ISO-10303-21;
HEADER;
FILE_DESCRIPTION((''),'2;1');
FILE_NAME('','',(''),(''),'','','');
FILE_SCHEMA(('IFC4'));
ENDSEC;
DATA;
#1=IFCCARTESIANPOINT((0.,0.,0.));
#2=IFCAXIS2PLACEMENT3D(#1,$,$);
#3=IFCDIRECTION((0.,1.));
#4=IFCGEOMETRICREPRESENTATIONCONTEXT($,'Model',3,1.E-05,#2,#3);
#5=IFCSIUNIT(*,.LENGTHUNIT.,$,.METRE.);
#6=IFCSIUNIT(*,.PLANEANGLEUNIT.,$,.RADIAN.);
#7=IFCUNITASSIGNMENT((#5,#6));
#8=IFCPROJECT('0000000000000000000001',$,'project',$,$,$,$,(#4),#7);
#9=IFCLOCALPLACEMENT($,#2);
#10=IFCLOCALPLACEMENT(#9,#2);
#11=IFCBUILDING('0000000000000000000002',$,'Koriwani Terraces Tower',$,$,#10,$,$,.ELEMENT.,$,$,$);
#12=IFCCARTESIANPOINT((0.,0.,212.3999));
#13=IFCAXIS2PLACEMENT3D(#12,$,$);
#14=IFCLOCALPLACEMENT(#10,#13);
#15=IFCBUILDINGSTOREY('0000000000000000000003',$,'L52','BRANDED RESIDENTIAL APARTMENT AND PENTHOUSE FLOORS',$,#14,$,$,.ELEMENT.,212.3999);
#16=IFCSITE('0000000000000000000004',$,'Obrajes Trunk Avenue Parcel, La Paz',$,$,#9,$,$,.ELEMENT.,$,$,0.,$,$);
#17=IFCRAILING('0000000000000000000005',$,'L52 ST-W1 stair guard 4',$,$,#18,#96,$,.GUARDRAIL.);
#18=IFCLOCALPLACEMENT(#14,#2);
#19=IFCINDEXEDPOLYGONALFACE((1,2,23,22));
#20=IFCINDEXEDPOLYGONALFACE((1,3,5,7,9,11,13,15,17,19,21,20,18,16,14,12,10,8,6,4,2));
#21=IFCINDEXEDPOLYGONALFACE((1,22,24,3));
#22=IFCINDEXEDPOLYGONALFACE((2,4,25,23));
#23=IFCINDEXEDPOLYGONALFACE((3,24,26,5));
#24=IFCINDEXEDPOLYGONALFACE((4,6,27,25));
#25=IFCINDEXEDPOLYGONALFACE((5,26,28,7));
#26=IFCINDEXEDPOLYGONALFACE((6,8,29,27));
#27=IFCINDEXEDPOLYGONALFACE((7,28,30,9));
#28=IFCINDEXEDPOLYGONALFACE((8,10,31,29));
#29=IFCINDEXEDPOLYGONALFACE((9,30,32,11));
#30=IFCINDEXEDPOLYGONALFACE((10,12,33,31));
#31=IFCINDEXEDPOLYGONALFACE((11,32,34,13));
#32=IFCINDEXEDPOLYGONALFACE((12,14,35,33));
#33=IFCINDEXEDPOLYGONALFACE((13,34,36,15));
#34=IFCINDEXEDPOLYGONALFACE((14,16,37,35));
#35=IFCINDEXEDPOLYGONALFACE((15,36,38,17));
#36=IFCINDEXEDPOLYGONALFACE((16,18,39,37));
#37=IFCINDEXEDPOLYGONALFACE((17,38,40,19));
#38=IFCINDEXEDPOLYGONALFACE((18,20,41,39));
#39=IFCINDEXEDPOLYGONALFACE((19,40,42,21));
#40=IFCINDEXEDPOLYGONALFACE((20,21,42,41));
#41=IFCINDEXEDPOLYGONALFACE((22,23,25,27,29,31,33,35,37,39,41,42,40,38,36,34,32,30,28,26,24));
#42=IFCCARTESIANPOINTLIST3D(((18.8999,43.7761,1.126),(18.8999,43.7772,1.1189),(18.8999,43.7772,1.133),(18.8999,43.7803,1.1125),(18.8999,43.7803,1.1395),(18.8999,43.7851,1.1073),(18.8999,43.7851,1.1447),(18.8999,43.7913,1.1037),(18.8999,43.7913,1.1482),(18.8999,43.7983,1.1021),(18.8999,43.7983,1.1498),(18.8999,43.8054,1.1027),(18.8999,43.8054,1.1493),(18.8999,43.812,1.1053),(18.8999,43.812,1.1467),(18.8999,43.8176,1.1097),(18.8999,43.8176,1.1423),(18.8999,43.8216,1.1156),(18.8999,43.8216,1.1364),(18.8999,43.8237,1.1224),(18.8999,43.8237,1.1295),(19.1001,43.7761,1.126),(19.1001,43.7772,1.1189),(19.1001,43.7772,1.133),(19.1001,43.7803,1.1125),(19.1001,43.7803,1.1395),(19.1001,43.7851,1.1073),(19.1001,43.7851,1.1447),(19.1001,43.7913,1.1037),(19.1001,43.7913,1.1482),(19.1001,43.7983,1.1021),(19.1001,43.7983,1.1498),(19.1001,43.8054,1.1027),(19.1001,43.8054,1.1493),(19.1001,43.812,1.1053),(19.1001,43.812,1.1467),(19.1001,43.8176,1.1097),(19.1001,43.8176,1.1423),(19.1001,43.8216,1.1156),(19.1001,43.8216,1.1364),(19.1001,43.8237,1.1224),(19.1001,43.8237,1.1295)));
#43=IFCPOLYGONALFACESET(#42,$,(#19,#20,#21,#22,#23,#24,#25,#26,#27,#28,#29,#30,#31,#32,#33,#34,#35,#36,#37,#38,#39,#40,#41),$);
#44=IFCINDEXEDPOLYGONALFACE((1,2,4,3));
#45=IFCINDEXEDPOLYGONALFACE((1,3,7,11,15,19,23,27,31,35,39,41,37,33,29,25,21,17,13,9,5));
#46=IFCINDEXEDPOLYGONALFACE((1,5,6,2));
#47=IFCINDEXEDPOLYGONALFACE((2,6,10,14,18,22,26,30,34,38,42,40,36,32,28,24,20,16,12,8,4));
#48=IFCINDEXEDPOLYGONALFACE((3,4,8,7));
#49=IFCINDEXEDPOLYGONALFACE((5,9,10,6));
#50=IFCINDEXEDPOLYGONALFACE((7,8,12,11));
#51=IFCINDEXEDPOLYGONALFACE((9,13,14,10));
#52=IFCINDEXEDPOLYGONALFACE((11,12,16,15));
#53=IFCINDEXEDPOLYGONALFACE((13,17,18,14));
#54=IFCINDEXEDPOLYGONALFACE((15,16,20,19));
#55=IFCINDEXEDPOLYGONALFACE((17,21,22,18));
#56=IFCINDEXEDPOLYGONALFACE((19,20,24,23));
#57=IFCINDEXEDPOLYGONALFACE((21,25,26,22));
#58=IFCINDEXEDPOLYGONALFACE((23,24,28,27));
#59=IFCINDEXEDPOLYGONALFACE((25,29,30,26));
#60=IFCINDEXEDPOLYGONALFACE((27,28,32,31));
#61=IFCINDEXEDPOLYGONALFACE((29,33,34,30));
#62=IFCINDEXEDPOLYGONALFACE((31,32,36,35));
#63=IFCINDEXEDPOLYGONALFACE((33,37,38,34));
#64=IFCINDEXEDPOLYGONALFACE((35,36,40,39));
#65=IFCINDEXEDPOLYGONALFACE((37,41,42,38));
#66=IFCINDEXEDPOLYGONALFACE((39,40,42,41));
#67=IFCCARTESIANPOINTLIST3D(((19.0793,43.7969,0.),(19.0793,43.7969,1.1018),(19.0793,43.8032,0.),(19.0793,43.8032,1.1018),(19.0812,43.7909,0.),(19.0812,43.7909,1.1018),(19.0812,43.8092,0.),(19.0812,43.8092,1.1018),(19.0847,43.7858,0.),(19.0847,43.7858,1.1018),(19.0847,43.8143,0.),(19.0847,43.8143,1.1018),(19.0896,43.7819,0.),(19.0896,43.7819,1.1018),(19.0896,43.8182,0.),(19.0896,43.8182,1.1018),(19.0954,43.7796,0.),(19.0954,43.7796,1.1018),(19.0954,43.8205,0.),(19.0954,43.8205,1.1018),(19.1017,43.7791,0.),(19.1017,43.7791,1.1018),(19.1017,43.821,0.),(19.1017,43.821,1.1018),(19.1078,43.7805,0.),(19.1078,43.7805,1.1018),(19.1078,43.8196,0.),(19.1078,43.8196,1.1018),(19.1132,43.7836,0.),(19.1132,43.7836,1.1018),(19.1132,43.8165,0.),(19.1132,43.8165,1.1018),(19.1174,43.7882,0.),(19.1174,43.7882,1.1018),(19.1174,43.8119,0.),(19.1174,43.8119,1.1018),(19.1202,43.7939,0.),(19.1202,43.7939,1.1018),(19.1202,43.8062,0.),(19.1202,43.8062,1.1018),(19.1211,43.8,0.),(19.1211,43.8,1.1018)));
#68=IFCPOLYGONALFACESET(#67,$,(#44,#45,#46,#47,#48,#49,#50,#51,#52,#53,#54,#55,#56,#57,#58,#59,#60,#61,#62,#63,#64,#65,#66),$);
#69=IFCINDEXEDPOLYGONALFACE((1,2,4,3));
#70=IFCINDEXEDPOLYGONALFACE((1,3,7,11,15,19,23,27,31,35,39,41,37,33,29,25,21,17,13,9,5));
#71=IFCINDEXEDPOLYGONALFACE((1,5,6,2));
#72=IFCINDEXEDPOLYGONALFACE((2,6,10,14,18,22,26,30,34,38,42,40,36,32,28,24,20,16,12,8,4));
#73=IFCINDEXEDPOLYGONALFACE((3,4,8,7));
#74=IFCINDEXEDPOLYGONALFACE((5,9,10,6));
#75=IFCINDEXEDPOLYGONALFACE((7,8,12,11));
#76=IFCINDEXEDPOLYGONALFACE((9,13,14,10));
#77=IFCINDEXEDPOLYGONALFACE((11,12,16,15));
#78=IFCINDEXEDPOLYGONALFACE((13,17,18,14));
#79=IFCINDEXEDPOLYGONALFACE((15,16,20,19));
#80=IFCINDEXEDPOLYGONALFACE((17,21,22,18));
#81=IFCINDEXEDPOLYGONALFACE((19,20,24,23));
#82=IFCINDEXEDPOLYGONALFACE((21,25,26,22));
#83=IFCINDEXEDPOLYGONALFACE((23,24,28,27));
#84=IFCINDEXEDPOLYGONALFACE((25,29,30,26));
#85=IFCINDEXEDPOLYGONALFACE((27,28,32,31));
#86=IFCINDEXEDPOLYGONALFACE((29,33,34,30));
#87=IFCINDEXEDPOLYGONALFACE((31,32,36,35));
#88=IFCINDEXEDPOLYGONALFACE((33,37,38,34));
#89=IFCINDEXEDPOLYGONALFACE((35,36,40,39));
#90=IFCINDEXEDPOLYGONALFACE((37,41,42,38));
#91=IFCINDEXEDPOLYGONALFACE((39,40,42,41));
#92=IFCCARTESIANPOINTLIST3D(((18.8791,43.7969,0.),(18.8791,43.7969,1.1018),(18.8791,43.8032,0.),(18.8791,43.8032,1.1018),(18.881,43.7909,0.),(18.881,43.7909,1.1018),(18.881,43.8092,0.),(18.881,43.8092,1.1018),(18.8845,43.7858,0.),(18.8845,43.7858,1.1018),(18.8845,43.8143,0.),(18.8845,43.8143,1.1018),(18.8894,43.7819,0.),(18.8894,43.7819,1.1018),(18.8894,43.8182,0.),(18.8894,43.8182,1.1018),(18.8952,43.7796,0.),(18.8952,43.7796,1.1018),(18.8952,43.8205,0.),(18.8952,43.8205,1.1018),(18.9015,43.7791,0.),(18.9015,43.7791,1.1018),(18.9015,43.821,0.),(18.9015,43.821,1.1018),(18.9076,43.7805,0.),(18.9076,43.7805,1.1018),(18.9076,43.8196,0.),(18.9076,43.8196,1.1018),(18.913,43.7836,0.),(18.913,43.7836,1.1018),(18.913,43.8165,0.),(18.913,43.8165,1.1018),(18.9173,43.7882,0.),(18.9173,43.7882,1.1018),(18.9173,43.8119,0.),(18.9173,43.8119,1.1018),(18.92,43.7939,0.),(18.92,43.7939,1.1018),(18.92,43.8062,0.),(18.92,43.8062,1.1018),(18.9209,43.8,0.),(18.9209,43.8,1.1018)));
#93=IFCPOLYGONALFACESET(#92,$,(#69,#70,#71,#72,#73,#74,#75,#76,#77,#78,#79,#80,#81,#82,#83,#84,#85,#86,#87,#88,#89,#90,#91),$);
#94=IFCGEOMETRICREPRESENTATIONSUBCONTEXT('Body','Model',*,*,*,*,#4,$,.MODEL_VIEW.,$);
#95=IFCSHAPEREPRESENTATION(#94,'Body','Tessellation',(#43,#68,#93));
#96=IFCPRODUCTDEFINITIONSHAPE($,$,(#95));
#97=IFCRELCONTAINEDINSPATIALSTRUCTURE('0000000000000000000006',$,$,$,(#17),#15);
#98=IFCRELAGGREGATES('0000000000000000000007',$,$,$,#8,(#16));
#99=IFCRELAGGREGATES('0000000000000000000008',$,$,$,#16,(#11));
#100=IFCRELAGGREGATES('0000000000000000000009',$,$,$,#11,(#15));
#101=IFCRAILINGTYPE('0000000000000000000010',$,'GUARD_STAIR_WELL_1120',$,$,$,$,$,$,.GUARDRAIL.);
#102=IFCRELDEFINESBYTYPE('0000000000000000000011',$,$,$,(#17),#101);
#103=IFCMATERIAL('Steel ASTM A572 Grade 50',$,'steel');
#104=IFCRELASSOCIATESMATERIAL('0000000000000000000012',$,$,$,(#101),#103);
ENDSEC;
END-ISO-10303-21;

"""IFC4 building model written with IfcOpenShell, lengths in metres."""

from ifc_helpers import new_model, si_unit, direction, frame, origin, origin_2d, place, context, subcontext, project, spatial, circle, extrude, material, type_object, element, save


model = new_model("IFC4")

# Units and contexts
model_context = context("Model", 3, precision=1e-05, world=origin(), true_north=direction((0.0, 1.0)))
body_context = subcontext(model_context, "Body", "Model", "MODEL_VIEW")
ifc_project = project(units=[si_unit("LENGTHUNIT", "METRE"), si_unit("PLANEANGLEUNIT", "RADIAN")], contexts=[model_context])

# Site, building, storey
site_placement = place(None, origin())
site = spatial("IfcSite", under=ifc_project, at=site_placement, Name="Obrajes Trunk Avenue Parcel, La Paz", CompositionType="ELEMENT", RefElevation=0.0)
building_placement = place(site_placement, origin())
building = spatial("IfcBuilding", under=site, at=building_placement, Name="Koriwani Terraces Tower", CompositionType="ELEMENT")
storey_placement = place(building_placement, frame((0.0, 0.0, 212.3999)))
storey = spatial("IfcBuildingStorey", under=building, at=storey_placement, Name="L52", Description="BRANDED RESIDENTIAL APARTMENT AND PENTHOUSE FLOORS", CompositionType="ELEMENT", Elevation=212.3999)

# Shared definitions
ifc_material_1 = material(Name="Steel ASTM A572 Grade 50", Category="steel")

# Railing
railing_type_1 = type_object("IfcRailingType", Name="GUARD_STAIR_WELL_1120", PredefinedType="GUARDRAIL", material=ifc_material_1)
railing_1_placement = place(storey_placement, frame((19.1001, 43.8, 0.0)))
element("IfcRailing", 1, at=railing_1_placement, inside=storey, type_object=railing_type_1, Name="L52 ST-W1 stair guard 4", PredefinedType="GUARDRAIL", context=body_context, shape_type="SweptSolid", body=[
    extrude(circle(Radius=0.0239, at=origin_2d()), frame((0.0, 0.0, 1.126), z_axis=(-1.0, 0.0, 0.0), x_axis=(0.0, -1.0, 0.0)), (0.0, 0.0, 1.0), 0.2002),
    extrude(circle(Radius=0.021, at=origin_2d()), origin(), (0.0, 0.0, 1.0), 1.1018),
    extrude(circle(Radius=0.021, at=origin_2d()), frame((-0.2002, 0.0, 0.0)), (0.0, 0.0, 1.0), 1.1018),
])

save(model, "model.ifc")
